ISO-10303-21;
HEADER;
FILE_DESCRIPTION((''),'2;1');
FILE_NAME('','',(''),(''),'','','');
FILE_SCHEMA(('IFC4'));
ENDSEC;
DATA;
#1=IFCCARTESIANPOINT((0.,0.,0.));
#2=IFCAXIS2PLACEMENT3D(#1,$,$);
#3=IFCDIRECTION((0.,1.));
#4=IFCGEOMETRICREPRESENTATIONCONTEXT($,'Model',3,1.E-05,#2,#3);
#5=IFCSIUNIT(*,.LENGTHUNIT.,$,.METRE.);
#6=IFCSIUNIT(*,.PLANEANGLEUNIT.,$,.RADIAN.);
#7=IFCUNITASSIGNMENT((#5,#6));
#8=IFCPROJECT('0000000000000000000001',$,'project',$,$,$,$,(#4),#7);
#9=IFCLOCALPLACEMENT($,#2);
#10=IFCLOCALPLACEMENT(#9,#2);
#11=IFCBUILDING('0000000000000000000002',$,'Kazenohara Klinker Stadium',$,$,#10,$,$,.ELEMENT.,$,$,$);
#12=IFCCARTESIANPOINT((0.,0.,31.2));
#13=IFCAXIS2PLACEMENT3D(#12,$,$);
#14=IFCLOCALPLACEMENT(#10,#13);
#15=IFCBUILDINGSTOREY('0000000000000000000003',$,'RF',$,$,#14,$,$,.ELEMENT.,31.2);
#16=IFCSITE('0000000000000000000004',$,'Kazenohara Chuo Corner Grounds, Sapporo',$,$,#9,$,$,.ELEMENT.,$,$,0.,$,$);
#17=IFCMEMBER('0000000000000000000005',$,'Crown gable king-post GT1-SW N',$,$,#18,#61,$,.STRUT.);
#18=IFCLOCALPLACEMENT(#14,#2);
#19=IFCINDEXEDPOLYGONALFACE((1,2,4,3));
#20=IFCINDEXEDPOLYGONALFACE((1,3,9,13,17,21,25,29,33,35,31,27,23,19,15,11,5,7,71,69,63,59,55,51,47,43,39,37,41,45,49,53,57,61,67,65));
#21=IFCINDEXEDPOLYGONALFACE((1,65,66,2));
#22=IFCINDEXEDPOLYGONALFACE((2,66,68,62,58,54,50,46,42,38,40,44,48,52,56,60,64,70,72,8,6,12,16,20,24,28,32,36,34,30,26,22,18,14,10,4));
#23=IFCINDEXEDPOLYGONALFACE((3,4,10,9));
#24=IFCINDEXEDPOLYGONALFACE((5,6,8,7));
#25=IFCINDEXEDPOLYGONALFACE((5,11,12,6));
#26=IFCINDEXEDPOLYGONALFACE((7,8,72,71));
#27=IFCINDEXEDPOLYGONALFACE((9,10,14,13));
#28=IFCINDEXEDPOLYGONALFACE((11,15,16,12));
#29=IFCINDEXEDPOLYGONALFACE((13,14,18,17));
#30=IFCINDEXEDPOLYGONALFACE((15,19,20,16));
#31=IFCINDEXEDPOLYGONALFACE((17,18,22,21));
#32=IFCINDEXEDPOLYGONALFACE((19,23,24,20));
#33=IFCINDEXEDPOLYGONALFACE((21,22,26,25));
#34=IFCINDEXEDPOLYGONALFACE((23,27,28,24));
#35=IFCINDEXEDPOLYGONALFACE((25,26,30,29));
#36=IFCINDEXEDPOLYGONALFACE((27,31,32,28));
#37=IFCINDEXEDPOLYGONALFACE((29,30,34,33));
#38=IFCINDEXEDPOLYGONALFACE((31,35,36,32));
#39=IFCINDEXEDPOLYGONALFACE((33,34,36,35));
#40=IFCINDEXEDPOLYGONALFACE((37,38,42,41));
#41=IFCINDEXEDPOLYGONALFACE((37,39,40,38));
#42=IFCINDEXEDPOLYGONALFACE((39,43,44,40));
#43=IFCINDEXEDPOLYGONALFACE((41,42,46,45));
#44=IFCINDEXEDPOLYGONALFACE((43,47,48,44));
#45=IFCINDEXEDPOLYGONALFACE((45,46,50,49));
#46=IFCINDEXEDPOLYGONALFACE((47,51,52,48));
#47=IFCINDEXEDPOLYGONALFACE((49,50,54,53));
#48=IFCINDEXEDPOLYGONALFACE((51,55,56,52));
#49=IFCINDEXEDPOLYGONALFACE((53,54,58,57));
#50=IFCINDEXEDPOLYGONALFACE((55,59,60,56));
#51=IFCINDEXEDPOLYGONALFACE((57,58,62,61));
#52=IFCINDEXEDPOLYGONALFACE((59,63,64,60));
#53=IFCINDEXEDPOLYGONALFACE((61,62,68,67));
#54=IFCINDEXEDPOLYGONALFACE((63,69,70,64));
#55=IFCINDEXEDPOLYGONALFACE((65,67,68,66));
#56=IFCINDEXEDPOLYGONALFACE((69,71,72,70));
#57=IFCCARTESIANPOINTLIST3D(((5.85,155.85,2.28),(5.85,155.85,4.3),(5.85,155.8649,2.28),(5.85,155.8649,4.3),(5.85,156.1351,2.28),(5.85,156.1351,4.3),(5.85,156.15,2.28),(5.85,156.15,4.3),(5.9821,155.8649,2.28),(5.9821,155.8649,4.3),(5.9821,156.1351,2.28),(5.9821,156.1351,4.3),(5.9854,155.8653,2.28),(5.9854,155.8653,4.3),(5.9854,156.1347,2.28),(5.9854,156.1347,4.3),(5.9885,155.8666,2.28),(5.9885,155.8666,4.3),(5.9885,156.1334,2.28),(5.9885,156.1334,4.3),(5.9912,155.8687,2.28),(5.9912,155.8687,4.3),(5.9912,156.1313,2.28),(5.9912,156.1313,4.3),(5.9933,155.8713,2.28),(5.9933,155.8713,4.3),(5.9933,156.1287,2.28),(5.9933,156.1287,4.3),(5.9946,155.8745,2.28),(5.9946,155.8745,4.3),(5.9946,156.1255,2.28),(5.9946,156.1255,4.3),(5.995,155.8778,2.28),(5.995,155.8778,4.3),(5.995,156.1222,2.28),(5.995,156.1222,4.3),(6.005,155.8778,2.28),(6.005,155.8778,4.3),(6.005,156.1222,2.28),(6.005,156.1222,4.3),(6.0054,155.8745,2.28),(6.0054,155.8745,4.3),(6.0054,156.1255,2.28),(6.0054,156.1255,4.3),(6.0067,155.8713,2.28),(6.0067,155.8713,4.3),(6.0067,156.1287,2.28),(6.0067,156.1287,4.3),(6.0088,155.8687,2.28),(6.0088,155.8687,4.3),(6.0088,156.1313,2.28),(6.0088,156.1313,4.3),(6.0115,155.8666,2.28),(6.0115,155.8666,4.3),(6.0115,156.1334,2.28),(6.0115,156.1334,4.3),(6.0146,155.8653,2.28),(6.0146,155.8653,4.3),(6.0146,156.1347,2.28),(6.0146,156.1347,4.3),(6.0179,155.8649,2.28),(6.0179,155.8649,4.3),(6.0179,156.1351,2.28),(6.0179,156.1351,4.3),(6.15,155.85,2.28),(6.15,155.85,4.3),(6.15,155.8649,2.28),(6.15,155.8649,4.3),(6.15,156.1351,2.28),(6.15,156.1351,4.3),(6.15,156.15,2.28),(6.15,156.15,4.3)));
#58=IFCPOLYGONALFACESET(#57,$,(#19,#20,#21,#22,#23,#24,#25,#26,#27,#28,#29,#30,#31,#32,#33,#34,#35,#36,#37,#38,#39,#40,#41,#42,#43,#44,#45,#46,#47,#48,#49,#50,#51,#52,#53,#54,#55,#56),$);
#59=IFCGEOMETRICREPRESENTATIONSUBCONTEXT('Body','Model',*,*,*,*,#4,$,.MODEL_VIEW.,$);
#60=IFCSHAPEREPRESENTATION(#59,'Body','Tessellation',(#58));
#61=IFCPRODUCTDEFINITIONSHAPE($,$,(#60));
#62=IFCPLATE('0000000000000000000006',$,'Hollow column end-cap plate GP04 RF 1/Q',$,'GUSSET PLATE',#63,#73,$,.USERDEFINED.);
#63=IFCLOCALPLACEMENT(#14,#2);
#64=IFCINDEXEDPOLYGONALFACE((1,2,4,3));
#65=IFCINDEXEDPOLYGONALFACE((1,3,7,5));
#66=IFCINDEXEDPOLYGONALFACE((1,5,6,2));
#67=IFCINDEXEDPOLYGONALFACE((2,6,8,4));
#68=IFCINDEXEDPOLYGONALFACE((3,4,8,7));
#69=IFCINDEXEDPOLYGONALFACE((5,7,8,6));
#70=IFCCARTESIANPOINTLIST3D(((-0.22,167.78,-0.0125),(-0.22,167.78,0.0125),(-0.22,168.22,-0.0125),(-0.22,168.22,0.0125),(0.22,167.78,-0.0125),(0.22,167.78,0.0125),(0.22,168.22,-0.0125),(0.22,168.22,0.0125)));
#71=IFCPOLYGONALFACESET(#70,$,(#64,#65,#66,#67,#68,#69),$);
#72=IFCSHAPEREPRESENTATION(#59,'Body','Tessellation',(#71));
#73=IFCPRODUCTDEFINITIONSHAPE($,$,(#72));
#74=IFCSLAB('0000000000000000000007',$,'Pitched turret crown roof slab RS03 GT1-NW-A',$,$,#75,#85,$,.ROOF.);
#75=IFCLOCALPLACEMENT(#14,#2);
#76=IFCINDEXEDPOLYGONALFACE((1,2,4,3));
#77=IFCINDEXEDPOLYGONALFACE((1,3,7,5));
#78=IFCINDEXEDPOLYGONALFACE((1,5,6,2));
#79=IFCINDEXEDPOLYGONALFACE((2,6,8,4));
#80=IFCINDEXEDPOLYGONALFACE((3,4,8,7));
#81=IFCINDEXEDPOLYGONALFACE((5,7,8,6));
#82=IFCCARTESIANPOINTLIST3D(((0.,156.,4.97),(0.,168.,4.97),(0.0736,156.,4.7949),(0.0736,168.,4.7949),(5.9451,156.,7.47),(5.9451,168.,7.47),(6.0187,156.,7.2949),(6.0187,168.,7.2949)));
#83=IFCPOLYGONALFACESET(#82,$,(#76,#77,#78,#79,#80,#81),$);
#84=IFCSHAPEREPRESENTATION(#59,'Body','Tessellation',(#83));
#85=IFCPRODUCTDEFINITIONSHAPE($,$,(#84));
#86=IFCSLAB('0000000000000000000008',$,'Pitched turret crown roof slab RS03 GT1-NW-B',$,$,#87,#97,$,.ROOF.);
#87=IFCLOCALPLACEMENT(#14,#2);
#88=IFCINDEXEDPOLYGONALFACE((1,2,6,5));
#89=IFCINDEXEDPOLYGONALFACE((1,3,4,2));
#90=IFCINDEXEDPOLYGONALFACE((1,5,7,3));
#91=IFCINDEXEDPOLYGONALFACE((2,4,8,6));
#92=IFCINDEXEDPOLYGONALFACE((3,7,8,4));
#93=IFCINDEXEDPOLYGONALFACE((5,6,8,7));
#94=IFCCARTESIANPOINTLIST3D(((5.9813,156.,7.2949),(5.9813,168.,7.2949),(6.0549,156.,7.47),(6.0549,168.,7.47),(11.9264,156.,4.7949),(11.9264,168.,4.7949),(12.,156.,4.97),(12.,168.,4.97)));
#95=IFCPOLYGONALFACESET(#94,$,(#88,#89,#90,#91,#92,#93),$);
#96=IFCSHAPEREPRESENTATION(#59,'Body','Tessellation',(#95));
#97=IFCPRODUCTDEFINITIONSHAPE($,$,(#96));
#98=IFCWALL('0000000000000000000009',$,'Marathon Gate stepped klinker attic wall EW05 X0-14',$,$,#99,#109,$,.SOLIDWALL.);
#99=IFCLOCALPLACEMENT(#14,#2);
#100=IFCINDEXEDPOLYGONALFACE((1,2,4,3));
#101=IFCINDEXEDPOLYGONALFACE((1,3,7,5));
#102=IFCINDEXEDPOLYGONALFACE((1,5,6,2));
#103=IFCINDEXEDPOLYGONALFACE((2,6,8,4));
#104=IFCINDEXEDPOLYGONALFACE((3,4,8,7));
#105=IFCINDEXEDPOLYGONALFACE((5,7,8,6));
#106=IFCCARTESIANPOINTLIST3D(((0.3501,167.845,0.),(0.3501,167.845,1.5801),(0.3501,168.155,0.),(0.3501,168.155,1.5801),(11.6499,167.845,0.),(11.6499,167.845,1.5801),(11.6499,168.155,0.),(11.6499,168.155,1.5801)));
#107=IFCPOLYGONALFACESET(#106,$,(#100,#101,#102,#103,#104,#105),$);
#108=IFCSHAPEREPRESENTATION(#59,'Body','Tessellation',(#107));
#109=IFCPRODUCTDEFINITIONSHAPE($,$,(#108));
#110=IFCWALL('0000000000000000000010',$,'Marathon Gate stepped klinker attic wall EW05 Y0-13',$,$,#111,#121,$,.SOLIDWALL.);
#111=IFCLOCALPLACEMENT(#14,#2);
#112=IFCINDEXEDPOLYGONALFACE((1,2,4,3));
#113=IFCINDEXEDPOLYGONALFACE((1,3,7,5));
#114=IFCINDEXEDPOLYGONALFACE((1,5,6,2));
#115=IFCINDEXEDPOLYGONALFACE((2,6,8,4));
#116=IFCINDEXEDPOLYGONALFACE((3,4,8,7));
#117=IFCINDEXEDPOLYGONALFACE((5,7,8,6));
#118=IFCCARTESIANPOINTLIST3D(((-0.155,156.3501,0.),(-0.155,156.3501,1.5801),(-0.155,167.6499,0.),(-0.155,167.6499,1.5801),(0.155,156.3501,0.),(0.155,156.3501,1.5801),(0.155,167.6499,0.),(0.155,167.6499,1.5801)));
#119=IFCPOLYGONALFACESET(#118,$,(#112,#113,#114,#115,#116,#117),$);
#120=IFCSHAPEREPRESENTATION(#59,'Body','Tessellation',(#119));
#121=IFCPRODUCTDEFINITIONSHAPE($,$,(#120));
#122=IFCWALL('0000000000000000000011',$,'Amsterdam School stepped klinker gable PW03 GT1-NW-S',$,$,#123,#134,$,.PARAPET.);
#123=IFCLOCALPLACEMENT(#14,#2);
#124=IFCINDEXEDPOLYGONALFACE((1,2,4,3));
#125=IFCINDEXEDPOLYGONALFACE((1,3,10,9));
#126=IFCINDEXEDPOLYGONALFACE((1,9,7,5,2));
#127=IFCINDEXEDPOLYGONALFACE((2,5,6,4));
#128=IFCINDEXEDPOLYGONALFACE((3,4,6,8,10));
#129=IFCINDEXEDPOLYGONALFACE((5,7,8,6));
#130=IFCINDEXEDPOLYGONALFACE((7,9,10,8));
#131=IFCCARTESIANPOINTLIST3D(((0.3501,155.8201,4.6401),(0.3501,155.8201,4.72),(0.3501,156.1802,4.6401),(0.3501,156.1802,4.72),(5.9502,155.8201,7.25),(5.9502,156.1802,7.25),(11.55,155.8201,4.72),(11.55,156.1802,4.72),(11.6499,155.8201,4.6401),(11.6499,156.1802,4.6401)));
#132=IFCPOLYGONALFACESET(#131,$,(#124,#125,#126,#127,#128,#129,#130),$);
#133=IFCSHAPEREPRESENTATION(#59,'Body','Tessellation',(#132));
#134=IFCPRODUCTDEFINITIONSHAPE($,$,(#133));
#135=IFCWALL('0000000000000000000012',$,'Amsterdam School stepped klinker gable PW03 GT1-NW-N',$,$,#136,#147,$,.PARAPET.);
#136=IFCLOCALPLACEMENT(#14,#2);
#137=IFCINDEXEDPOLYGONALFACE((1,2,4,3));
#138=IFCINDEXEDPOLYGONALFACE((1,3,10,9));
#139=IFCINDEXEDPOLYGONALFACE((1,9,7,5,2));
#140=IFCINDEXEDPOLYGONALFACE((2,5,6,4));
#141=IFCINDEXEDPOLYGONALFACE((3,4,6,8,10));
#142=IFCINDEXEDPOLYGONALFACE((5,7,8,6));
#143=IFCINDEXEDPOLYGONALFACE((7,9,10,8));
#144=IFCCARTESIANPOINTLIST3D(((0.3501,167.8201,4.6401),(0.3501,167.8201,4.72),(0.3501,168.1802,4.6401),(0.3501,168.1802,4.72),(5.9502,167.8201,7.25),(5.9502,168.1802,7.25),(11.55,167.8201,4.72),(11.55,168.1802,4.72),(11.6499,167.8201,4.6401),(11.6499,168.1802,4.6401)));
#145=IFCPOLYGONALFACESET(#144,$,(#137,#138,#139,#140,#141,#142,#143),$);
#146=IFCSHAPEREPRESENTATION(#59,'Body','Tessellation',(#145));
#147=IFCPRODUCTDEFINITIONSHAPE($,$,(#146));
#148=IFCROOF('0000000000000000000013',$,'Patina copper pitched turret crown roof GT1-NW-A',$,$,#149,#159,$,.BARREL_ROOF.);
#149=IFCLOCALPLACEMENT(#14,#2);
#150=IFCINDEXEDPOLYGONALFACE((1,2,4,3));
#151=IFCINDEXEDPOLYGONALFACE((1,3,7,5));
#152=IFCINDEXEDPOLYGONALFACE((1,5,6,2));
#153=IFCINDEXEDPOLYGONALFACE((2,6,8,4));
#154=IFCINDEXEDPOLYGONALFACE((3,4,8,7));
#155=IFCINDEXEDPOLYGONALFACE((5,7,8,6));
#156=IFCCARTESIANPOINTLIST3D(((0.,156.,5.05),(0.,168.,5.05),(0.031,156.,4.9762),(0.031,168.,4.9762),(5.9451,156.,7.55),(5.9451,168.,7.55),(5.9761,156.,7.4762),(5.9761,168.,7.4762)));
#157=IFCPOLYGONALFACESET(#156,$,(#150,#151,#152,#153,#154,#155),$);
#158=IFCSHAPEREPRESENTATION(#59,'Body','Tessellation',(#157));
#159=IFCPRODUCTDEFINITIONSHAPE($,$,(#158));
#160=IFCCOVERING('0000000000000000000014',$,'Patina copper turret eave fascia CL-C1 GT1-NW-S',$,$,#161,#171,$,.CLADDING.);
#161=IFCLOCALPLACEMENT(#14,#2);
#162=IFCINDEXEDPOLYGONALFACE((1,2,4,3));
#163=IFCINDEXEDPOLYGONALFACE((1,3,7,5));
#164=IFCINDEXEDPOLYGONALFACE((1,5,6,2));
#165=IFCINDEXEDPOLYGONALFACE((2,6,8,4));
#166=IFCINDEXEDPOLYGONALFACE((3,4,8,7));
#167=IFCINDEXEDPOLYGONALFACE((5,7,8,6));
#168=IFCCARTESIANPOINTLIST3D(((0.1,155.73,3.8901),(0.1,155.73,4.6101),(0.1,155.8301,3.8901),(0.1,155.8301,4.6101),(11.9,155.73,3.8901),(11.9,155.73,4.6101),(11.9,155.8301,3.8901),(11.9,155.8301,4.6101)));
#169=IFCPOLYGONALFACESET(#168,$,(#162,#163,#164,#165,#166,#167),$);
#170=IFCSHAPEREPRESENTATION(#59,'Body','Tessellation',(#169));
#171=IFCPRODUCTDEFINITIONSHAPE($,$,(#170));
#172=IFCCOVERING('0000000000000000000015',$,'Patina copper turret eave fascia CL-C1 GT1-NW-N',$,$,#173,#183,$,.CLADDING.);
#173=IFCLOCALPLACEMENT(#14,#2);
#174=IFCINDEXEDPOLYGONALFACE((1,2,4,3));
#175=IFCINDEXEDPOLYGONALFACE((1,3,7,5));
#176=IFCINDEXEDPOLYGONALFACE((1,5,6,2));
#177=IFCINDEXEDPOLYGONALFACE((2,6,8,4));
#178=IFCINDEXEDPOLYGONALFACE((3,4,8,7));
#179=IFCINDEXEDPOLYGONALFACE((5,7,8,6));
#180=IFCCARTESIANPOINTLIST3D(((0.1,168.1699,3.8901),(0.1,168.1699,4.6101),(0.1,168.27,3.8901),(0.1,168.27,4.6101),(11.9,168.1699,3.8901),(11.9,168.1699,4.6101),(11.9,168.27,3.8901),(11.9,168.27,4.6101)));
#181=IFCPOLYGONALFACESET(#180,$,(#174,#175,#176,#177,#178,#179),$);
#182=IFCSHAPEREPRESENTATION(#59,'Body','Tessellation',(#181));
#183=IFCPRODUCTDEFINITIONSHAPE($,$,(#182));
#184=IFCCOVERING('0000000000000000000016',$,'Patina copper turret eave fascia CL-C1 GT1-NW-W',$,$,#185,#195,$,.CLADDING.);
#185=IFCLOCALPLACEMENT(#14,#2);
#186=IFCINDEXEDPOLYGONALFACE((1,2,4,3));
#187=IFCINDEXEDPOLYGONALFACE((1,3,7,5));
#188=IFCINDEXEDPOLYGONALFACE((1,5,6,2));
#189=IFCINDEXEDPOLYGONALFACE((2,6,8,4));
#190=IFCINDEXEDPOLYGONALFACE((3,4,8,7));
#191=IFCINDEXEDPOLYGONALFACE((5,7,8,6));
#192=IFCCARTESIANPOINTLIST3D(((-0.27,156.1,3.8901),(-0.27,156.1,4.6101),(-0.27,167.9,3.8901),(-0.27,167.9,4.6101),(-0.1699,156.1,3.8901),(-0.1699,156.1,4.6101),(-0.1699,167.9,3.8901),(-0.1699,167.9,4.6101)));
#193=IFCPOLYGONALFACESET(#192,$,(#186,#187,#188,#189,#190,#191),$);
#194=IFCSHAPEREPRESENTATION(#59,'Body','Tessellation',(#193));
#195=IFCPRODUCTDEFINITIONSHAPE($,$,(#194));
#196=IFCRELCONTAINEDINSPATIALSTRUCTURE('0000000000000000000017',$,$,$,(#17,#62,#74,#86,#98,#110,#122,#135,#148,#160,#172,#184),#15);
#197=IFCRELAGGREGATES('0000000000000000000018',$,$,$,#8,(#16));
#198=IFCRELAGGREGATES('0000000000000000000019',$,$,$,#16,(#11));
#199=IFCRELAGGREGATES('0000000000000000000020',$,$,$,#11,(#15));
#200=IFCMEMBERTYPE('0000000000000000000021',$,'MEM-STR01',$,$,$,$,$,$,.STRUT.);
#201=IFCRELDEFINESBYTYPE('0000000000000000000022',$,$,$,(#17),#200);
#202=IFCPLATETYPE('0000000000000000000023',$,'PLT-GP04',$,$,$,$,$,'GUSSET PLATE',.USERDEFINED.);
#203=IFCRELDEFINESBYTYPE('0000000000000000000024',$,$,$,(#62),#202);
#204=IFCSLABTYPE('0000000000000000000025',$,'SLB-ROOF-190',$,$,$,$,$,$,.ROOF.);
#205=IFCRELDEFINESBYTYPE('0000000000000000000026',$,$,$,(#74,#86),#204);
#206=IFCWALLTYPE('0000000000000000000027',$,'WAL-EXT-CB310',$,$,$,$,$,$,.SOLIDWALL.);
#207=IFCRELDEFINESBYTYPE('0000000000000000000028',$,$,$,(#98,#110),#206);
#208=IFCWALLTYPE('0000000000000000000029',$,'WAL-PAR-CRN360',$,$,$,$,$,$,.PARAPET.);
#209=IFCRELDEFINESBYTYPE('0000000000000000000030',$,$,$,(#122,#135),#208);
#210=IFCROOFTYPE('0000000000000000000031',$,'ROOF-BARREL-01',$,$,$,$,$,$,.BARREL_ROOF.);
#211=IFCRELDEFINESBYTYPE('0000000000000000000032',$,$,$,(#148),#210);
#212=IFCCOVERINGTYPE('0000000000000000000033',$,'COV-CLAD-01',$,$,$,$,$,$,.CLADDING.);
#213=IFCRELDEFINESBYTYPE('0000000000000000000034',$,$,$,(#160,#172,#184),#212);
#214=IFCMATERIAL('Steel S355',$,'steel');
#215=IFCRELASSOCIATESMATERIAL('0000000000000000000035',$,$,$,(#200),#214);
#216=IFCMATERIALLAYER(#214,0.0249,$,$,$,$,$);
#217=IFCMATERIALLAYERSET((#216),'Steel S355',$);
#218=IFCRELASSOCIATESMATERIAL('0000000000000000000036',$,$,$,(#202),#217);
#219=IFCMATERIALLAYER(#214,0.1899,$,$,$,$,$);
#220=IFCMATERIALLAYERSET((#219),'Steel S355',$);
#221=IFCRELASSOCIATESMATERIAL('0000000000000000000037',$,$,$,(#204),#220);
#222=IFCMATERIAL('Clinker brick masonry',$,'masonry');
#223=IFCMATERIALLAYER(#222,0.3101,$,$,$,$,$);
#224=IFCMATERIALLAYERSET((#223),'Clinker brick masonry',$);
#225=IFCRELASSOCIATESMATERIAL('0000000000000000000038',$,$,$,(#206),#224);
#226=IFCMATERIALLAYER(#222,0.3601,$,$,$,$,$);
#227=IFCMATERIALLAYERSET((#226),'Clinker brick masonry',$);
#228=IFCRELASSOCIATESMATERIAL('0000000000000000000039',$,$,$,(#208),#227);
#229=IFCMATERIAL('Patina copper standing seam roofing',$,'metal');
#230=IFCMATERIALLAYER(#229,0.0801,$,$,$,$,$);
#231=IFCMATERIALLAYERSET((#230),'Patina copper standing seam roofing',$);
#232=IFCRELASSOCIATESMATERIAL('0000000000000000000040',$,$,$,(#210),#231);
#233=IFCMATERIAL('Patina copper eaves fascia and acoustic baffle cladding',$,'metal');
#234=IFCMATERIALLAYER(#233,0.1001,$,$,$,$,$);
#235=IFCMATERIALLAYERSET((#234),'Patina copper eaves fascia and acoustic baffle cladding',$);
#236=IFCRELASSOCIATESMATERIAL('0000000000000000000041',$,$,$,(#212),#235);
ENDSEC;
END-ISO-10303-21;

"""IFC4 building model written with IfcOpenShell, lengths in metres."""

from ifc_helpers import new_model, si_unit, direction, frame, frame_2d, origin, origin_2d, place, context, subcontext, project, spatial, polyline, rectangle, i_section, outline, extrude, material, layer, layer_set, material_profile, profile_set, type_object, element, save


model = new_model("IFC4")

# Units and contexts
model_context = context("Model", 3, precision=1e-05, world=origin(), true_north=direction((0.0, 1.0)))
body_context = subcontext(model_context, "Body", "Model", "MODEL_VIEW")
ifc_project = project(units=[si_unit("LENGTHUNIT", "METRE"), si_unit("PLANEANGLEUNIT", "RADIAN")], contexts=[model_context])

# Site, building, storey
site_placement = place(None, origin())
site = spatial("IfcSite", under=ifc_project, at=site_placement, Name="Kazenohara Chuo Corner Grounds, Sapporo", CompositionType="ELEMENT", RefElevation=0.0)
building_placement = place(site_placement, origin())
building = spatial("IfcBuilding", under=site, at=building_placement, Name="Kazenohara Klinker Stadium", CompositionType="ELEMENT")
storey_placement = place(building_placement, frame((0.0, 0.0, 31.2)))
storey = spatial("IfcBuildingStorey", under=building, at=storey_placement, Name="RF", CompositionType="ELEMENT", Elevation=31.2)

# Member
ifc_material_1 = material(Name="Steel S355", Category="steel")
ifc_material_profile_1 = material_profile(ifc_material_1, i_section(OverallWidth=0.3, OverallDepth=0.3, WebThickness=0.01, FlangeThickness=0.0149, FilletRadius=0.0129, at=origin_2d()), Name="H-300x300x10x15")
ifc_profile_set_1 = profile_set([ifc_material_profile_1], Name="Steel S355")
member_type_1 = type_object("IfcMemberType", Name="MEM-STR01", PredefinedType="STRUT", material=ifc_profile_set_1)
member_1_placement = place(storey_placement, frame((6.0, 156.0, 2.28), z_axis=(0.0, 0.0, 1.0), x_axis=(1.0, 0.0, 0.0)))
element("IfcMember", 1, at=member_1_placement, inside=storey, type_object=member_type_1, Name="Crown gable king-post GT1-SW N", PredefinedType="STRUT", context=body_context, shape_type="SweptSolid", body=[
    extrude(i_section(OverallWidth=0.3, OverallDepth=0.3, WebThickness=0.01, FlangeThickness=0.0149, FilletRadius=0.0129, at=origin_2d()), origin(), (0.0, 0.0, 1.0), 2.02),
])

# Plate
ifc_layer_1 = layer(ifc_material_1, 0.0249)
ifc_layer_set_1 = layer_set([ifc_layer_1], Name="Steel S355")
plate_type = type_object("IfcPlateType", Name="PLT-GP04", ElementType="GUSSET PLATE", PredefinedType="USERDEFINED", material=ifc_layer_set_1)
plate_placement = place(storey_placement, frame((0.0, 168.0, -0.0125), z_axis=(0.0, 0.0, 1.0), x_axis=(1.0, 0.0, 0.0)))
element("IfcPlate", 2, at=plate_placement, inside=storey, type_object=plate_type, Name="Hollow column end-cap plate GP04 RF 1/Q", ObjectType="GUSSET PLATE", PredefinedType="USERDEFINED", context=body_context, shape_type="SweptSolid", body=[
    extrude(rectangle(XDim=0.4399, YDim=0.4399, at=origin_2d()), origin(), (0.0, 0.0, 1.0), 0.0249),
])

# Slabs
ifc_layer_2 = layer(ifc_material_1, 0.1899)
ifc_layer_set_2 = layer_set([ifc_layer_2], Name="Steel S355")
slab_type = type_object("IfcSlabType", Name="SLB-ROOF-190", PredefinedType="ROOF", material=ifc_layer_set_2)
for number, where, z_axis, x_axis, name in (
    (3, (0.0, 156.0, 4.97), (-0.387637, 0.0, 0.921812), (0.921812, 0.0, 0.387637), "Pitched turret crown roof slab RS03 GT1-NW-A"),
    (4, (6.0549, 156.0, 7.47), (0.387637, 0.0, 0.921812), (0.921812, 0.0, -0.387637), "Pitched turret crown roof slab RS03 GT1-NW-B"),
):
    element("IfcSlab", number, at=place(storey_placement, frame(where, z_axis=z_axis, x_axis=x_axis)), inside=storey, type_object=slab_type, Name=name, PredefinedType="ROOF", context=body_context, shape_type="SweptSolid", body=[
        extrude(outline(polyline([(0.0, 0.0), (6.4493, 0.0), (6.4493, 12.0), (0.0, 12.0), (0.0, 0.0)])), origin(), (0.0, 0.0, -1.0), 0.1899),
    ])

# Walls
ifc_material_2 = material(Name="Clinker brick masonry", Category="masonry")
ifc_layer_3 = layer(ifc_material_2, 0.3101)
ifc_layer_set_3 = layer_set([ifc_layer_3], Name="Clinker brick masonry")
wall_type_1 = type_object("IfcWallType", Name="WAL-EXT-CB310", PredefinedType="SOLIDWALL", material=ifc_layer_set_3)
for number, where, z_axis, x_axis, name in (
    (5, (0.3501, 168.0, 0.0), (0.0, 0.0, 1.0), (1.0, 0.0, 0.0), "Marathon Gate stepped klinker attic wall EW05 X0-14"),
    (6, (0.0, 156.3501, 0.0), (0.0, 0.0, 1.0), (0.0, 1.0, 0.0), "Marathon Gate stepped klinker attic wall EW05 Y0-13"),
):
    element("IfcWall", number, at=place(storey_placement, frame(where, z_axis=z_axis, x_axis=x_axis)), inside=storey, type_object=wall_type_1, Name=name, PredefinedType="SOLIDWALL", context=body_context, shape_type="SweptSolid", body=[
        extrude(rectangle(XDim=11.2998, YDim=0.3101, at=frame_2d((5.6499, 0.0))), origin(), (0.0, 0.0, 1.0), 1.5801),
    ])
ifc_layer_4 = layer(ifc_material_2, 0.3601)
ifc_layer_set_4 = layer_set([ifc_layer_4], Name="Clinker brick masonry")
wall_type_2 = type_object("IfcWallType", Name="WAL-PAR-CRN360", PredefinedType="PARAPET", material=ifc_layer_set_4)
for number, where, z_axis, x_axis, name in (
    (7, (0.3501, 156.0, 4.6401), (0.0, 0.0, 1.0), (1.0, 0.0, 0.0), "Amsterdam School stepped klinker gable PW03 GT1-NW-S"),
    (8, (0.3501, 168.0, 4.6401), (0.0, 0.0, 1.0), (1.0, 0.0, 0.0), "Amsterdam School stepped klinker gable PW03 GT1-NW-N"),
):
    element("IfcWall", number, at=place(storey_placement, frame(where, z_axis=z_axis, x_axis=x_axis)), inside=storey, type_object=wall_type_2, Name=name, PredefinedType="PARAPET", context=body_context, shape_type="SweptSolid", body=[
        extrude(outline(polyline([(0.0, 0.0), (11.2998, 0.0), (11.2, 0.0798), (5.6001, 2.6099), (0.0, 0.0798), (0.0, 0.0)])), frame((0.0, 0.1802, 0.0), z_axis=(0.0, -1.0, 0.0), x_axis=(1.0, 0.0, 0.0)), (0.0, 0.0, 1.0), 0.3601),
    ])

# Roof
ifc_material_3 = material(Name="Patina copper standing seam roofing", Category="metal")
ifc_layer_5 = layer(ifc_material_3, 0.0801)
ifc_layer_set_5 = layer_set([ifc_layer_5], Name="Patina copper standing seam roofing")
roof_type = type_object("IfcRoofType", Name="ROOF-BARREL-01", PredefinedType="BARREL_ROOF", material=ifc_layer_set_5)
roof_placement = place(storey_placement, frame((0.0, 156.0, 5.05), z_axis=(-0.387637, 0.0, 0.921812), x_axis=(0.921812, 0.0, 0.387637)))
element("IfcRoof", 9, at=roof_placement, inside=storey, type_object=roof_type, Name="Patina copper pitched turret crown roof GT1-NW-A", PredefinedType="BARREL_ROOF", context=body_context, shape_type="SweptSolid", body=[
    extrude(outline(polyline([(0.0, 0.0), (6.4493, 0.0), (6.4493, 12.0), (0.0, 12.0), (0.0, 0.0)])), origin(), (0.0, 0.0, -1.0), 0.0801),
])

# Coverings
ifc_material_4 = material(Name="Patina copper eaves fascia and acoustic baffle cladding", Category="metal")
ifc_layer_6 = layer(ifc_material_4, 0.1001)
ifc_layer_set_6 = layer_set([ifc_layer_6], Name="Patina copper eaves fascia and acoustic baffle cladding")
covering_type = type_object("IfcCoveringType", Name="COV-CLAD-01", PredefinedType="CLADDING", material=ifc_layer_set_6)
for number, where, z_axis, x_axis, name in (
    (10, (6.0, 155.78, 3.8901), (0.0, 0.0, 1.0), (1.0, 0.0, 0.0), "Patina copper turret eave fascia CL-C1 GT1-NW-S"),
    (11, (6.0, 168.22, 3.8901), (0.0, 0.0, 1.0), (1.0, 0.0, 0.0), "Patina copper turret eave fascia CL-C1 GT1-NW-N"),
):
    element("IfcCovering", number, at=place(storey_placement, frame(where, z_axis=z_axis, x_axis=x_axis)), inside=storey, type_object=covering_type, Name=name, PredefinedType="CLADDING", context=body_context, shape_type="SweptSolid", body=[
        extrude(rectangle(XDim=11.8, YDim=0.1001, at=origin_2d()), origin(), (0.0, 0.0, 1.0), 0.72),
    ])
covering_1_placement = place(storey_placement, frame((-0.22, 162.0, 3.8901), z_axis=(0.0, 0.0, 1.0), x_axis=(1.0, 0.0, 0.0)))
element("IfcCovering", 12, at=covering_1_placement, inside=storey, type_object=covering_type, Name="Patina copper turret eave fascia CL-C1 GT1-NW-W", PredefinedType="CLADDING", context=body_context, shape_type="SweptSolid", body=[
    extrude(rectangle(XDim=0.1001, YDim=11.8, at=origin_2d()), origin(), (0.0, 0.0, 1.0), 0.72),
])

save(model, "model.ifc")
